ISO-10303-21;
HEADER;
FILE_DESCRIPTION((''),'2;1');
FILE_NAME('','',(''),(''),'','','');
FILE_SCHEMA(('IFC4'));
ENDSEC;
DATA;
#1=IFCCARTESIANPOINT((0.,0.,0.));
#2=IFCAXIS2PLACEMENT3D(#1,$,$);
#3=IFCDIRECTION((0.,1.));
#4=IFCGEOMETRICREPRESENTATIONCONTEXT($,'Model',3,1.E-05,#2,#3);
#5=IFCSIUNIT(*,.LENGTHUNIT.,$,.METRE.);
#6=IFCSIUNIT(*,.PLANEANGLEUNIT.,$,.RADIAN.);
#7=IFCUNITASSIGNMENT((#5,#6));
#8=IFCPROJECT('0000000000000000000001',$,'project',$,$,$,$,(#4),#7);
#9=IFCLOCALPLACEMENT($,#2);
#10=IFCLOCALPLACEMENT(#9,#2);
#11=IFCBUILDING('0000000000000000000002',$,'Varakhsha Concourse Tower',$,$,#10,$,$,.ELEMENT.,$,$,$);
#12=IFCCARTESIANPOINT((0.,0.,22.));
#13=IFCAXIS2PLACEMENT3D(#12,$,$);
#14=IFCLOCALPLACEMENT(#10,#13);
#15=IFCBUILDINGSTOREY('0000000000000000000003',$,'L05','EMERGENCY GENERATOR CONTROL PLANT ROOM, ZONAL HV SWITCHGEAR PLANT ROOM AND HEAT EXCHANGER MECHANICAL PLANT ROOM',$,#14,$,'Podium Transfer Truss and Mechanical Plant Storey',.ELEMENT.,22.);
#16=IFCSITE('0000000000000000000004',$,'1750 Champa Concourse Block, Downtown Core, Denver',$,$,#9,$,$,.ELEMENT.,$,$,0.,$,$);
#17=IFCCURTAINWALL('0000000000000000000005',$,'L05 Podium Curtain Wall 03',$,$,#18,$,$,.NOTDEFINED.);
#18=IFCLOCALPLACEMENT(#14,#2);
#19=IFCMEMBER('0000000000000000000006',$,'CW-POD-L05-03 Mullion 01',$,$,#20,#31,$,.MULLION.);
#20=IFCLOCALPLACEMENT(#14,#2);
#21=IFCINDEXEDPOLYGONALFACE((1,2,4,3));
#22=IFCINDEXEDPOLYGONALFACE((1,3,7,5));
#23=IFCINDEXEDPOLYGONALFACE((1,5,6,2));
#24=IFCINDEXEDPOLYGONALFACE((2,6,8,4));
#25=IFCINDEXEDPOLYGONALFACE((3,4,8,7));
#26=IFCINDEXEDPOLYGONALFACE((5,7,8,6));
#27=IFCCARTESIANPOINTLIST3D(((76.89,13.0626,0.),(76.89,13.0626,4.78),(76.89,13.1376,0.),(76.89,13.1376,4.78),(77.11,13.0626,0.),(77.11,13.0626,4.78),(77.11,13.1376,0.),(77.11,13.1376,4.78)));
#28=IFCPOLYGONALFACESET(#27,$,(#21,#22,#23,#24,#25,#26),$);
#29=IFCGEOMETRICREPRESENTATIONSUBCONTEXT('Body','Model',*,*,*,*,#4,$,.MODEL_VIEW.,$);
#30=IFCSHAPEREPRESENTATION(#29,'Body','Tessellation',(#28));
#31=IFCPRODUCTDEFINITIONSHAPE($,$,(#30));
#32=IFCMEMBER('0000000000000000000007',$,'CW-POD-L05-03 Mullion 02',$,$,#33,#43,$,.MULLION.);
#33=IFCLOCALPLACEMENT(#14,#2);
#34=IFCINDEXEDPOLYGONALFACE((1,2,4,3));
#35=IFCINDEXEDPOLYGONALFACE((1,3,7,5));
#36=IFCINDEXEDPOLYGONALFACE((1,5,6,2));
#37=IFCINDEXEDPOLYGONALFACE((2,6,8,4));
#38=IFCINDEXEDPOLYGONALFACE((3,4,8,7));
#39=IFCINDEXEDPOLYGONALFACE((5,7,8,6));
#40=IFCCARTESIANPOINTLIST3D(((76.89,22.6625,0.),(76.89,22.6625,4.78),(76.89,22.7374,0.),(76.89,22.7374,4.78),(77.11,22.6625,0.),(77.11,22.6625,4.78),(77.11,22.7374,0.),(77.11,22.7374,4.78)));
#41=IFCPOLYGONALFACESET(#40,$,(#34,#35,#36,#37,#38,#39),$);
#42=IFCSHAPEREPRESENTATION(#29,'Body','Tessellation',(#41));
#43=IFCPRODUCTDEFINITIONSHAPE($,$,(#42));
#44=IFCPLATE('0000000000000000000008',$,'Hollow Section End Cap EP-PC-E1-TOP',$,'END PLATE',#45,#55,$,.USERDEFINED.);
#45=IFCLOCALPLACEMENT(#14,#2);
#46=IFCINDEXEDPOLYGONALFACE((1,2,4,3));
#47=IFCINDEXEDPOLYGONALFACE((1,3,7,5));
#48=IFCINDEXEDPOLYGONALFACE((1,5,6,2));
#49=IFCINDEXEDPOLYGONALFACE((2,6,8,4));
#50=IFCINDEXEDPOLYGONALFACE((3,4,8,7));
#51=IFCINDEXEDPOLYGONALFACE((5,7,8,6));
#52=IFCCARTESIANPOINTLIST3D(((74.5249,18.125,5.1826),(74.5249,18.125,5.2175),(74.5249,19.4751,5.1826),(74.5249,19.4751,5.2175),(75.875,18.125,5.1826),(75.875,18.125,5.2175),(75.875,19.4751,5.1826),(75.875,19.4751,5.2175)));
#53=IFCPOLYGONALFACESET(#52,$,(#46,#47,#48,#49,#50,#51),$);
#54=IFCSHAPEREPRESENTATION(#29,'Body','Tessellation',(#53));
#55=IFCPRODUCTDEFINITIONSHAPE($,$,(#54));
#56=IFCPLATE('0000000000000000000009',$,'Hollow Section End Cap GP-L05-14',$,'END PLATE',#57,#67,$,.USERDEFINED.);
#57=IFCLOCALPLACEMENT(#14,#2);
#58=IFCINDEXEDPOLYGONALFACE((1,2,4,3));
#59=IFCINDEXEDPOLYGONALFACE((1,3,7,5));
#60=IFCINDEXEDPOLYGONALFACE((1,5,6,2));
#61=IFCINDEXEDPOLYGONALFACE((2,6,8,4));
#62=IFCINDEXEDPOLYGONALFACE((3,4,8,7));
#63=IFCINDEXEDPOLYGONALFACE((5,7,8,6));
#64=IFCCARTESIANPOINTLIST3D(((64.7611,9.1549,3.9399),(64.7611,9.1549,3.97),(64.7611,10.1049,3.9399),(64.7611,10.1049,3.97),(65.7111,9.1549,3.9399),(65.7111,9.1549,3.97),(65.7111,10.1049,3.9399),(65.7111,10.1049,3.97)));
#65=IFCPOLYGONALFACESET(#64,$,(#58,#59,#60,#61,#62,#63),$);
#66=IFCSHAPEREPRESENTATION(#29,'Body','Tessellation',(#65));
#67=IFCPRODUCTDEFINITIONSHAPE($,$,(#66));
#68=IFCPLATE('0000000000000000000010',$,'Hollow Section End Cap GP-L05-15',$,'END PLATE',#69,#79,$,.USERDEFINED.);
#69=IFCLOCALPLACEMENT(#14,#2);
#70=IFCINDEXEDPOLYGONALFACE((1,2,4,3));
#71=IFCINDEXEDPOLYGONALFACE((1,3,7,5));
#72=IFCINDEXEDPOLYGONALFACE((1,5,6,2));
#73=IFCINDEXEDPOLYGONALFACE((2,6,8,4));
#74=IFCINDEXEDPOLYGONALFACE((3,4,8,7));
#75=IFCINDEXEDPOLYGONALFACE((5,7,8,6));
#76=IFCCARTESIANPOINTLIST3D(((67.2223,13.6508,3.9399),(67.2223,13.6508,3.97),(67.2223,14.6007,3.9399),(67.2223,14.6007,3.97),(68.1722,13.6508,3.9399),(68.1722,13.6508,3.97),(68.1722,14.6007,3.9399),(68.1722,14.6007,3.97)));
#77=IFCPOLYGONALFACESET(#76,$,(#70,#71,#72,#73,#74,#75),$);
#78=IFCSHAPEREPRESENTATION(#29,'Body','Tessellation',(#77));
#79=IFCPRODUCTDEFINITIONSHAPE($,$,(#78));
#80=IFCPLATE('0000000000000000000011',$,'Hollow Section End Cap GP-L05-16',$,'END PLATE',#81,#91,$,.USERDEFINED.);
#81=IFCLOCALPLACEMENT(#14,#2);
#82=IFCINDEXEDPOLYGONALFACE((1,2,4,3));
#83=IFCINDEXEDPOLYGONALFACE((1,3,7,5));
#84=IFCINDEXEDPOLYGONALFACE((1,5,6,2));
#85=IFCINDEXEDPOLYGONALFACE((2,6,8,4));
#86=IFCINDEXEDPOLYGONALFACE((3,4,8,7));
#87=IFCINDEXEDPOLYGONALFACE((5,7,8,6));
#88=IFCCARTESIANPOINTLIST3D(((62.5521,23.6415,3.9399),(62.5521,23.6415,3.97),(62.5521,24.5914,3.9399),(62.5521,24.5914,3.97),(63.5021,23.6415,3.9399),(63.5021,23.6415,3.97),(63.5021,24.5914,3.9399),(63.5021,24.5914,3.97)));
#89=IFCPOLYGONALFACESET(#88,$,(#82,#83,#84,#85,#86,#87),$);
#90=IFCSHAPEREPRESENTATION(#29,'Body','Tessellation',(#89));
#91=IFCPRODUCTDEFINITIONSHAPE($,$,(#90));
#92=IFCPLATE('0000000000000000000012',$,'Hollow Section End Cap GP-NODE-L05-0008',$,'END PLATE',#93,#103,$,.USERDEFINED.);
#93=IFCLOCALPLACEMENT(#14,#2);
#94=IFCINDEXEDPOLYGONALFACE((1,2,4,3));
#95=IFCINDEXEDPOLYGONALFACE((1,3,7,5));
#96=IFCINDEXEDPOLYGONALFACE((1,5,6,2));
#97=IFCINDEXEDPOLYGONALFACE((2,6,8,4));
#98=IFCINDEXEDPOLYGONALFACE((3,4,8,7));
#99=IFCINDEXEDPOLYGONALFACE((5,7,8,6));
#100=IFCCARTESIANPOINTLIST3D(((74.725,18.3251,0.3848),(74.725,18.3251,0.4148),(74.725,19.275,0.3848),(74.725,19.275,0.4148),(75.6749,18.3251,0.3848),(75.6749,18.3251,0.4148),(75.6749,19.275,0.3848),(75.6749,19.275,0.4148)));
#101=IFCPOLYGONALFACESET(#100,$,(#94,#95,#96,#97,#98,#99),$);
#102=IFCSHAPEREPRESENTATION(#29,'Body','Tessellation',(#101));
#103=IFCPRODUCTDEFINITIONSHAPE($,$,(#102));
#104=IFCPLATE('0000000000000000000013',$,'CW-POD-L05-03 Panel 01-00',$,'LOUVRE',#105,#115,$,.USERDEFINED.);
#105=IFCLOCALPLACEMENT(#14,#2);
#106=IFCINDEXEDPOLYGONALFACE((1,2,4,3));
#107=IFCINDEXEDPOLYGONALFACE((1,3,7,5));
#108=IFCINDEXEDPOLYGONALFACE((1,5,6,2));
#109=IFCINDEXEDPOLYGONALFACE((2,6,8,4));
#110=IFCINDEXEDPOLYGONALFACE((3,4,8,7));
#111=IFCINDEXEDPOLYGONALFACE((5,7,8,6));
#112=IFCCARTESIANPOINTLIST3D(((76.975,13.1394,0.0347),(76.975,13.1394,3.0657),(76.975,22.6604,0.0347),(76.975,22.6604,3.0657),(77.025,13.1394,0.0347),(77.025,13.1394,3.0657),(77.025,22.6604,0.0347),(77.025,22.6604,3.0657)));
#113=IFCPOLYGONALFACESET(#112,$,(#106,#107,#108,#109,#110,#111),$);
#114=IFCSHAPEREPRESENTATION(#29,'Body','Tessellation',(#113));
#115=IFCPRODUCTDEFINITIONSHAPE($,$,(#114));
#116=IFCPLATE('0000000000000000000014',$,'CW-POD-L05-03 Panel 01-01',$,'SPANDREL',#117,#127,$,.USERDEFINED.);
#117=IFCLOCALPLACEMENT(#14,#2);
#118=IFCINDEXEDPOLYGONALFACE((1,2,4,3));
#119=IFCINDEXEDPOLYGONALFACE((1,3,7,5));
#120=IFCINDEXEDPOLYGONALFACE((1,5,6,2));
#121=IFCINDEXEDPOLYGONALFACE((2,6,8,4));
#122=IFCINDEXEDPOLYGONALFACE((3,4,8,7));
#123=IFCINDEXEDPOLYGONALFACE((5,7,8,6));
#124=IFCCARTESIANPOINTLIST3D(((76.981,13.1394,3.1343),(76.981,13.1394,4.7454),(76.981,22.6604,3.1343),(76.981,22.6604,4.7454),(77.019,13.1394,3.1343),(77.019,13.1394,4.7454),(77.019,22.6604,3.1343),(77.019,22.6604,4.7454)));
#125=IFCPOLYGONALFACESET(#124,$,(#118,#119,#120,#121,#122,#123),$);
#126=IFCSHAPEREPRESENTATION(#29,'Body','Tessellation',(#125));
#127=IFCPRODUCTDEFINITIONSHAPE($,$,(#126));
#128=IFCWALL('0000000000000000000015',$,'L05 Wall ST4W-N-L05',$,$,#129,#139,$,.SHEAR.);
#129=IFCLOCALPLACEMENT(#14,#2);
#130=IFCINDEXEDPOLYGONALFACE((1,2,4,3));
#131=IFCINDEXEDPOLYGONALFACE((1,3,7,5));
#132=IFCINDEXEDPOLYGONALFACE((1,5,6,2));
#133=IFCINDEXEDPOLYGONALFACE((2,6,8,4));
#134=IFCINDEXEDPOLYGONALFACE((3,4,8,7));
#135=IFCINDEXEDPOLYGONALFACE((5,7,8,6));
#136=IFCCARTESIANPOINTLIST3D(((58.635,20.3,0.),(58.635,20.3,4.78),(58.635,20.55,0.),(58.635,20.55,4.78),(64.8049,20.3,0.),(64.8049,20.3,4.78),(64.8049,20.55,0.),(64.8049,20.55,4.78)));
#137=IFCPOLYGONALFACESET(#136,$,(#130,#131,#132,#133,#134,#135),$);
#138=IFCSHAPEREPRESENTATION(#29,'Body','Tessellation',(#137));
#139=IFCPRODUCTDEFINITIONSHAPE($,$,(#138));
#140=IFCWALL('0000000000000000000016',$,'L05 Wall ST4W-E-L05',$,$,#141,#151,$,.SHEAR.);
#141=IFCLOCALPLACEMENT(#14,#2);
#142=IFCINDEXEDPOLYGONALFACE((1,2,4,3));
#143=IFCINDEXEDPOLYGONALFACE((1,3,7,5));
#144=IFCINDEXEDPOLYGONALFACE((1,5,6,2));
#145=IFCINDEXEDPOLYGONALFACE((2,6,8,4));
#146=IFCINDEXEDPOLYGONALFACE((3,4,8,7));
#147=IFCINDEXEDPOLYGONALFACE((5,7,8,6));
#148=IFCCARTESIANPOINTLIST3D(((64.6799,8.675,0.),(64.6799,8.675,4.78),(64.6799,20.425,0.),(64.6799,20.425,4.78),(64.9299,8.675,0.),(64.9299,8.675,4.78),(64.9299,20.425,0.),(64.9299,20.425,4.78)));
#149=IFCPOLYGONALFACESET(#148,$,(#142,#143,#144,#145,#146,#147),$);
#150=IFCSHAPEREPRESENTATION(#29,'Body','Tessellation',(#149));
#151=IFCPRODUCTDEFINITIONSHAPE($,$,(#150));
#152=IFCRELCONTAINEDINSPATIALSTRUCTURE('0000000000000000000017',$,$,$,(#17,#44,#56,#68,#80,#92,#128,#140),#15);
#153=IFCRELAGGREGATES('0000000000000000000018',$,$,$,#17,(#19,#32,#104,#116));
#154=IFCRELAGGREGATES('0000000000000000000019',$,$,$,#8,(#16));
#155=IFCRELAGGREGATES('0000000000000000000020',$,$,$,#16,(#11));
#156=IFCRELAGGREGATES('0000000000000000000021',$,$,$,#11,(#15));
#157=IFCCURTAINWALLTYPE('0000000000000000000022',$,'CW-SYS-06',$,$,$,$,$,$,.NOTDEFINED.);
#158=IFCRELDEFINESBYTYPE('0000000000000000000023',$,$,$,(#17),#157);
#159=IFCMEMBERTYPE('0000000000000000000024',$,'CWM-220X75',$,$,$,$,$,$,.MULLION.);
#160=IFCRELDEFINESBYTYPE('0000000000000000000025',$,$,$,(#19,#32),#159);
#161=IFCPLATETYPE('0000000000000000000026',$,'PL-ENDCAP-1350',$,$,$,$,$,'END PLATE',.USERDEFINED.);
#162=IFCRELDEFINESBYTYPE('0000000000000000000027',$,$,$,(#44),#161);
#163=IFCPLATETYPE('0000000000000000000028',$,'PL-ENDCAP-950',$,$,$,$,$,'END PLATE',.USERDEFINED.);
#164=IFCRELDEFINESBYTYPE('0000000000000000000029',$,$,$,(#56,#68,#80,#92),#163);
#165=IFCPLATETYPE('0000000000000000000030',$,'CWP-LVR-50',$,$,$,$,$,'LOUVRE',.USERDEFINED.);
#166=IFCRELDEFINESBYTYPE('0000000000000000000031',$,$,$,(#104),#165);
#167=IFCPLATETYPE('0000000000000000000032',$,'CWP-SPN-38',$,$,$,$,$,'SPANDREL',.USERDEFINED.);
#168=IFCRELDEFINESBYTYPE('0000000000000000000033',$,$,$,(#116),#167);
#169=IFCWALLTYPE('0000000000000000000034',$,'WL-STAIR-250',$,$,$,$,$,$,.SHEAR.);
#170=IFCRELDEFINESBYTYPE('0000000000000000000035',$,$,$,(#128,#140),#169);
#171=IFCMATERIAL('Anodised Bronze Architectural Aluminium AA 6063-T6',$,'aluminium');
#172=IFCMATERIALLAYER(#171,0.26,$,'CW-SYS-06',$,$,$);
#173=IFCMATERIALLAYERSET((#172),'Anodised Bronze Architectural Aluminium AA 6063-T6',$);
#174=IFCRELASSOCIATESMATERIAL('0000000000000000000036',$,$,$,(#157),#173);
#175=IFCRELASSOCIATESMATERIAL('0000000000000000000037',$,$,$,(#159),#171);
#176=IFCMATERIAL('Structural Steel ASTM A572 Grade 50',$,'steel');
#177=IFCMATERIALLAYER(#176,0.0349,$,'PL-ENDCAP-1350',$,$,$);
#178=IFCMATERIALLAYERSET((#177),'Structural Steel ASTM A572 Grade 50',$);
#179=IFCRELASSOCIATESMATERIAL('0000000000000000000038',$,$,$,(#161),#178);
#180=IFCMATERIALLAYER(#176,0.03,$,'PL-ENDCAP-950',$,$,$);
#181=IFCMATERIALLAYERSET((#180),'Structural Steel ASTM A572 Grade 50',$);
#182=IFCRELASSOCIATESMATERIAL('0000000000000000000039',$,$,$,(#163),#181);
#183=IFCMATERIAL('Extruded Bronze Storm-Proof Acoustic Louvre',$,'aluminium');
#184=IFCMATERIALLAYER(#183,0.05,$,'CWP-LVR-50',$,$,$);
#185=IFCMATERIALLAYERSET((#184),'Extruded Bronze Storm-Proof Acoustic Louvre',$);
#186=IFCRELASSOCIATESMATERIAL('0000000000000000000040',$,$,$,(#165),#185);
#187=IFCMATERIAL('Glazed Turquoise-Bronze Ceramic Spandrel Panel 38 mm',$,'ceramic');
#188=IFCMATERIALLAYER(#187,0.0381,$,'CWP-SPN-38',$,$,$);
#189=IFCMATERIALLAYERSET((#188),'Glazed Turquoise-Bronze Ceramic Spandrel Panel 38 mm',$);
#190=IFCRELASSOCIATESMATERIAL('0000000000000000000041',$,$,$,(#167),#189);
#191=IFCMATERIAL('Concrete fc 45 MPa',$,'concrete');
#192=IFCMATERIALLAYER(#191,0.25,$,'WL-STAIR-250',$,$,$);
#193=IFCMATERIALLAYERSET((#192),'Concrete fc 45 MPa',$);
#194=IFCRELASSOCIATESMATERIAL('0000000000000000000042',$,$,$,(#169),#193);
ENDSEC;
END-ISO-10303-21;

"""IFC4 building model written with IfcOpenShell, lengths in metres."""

from ifc_helpers import new_model, si_unit, direction, frame, frame_2d, origin, origin_2d, place, context, subcontext, project, spatial, rectangle, extrude, source, transform, mapped, material, layer, layer_set, material_profile, profile_set, type_object, type_shapes, element, aggregate, save


model = new_model("IFC4")

# Units and contexts
model_context = context("Model", 3, precision=1e-05, world=origin(), true_north=direction((0.0, 1.0)))
body_context = subcontext(model_context, "Body", "Model", "MODEL_VIEW")
ifc_project = project(units=[si_unit("LENGTHUNIT", "METRE"), si_unit("PLANEANGLEUNIT", "RADIAN")], contexts=[model_context])

# Site, building, storey
site_placement = place(None, origin())
site = spatial("IfcSite", under=ifc_project, at=site_placement, Name="1750 Champa Concourse Block, Downtown Core, Denver", CompositionType="ELEMENT", RefElevation=0.0)
building_placement = place(site_placement, origin())
building = spatial("IfcBuilding", under=site, at=building_placement, Name="Varakhsha Concourse Tower", CompositionType="ELEMENT")
storey_placement = place(building_placement, frame((0.0, 0.0, 22.0)))
storey = spatial("IfcBuildingStorey", under=building, at=storey_placement, Name="L05", Description="EMERGENCY GENERATOR CONTROL PLANT ROOM, ZONAL HV SWITCHGEAR PLANT ROOM AND HEAT EXCHANGER MECHANICAL PLANT ROOM", LongName="Podium Transfer Truss and Mechanical Plant Storey", CompositionType="ELEMENT", Elevation=22.0)

# Shared definitions
ifc_material_1 = material(Name="Structural Steel ASTM A572 Grade 50", Category="steel")

# Curtain wall, members
ifc_material_2 = material(Name="Anodised Bronze Architectural Aluminium AA 6063-T6", Category="aluminium")
ifc_layer_1 = layer(ifc_material_2, 0.26, Name="CW-SYS-06")
ifc_layer_set_1 = layer_set([ifc_layer_1], Name="Anodised Bronze Architectural Aluminium AA 6063-T6")
curtain_wall_type = type_object("IfcCurtainWallType", Name="CW-SYS-06", PredefinedType="NOTDEFINED", material=ifc_layer_set_1)
curtain_wall_placement = place(storey_placement, origin())
curtain_wall = element("IfcCurtainWall", 1, at=curtain_wall_placement, inside=storey, type_object=curtain_wall_type, Name="L05 Podium Curtain Wall 03", PredefinedType="NOTDEFINED")
ifc_material_profile_1 = material_profile(ifc_material_2, rectangle(XDim=0.075, YDim=0.22, at=origin_2d()), Name="CWM-220X75")
ifc_profile_set_1 = profile_set([ifc_material_profile_1], Name="Anodised Bronze Architectural Aluminium AA 6063-T6")
member_type_1 = type_object("IfcMemberType", Name="CWM-220X75", PredefinedType="MULLION", material=ifc_profile_set_1)
shared_shape_1 = source(origin(), body_context, "Body", "SweptSolid", [
    extrude(rectangle(XDim=0.075, YDim=0.22, at=origin_2d()), origin(), (0.0, 0.0, 1.0), 4.78),
])
type_shapes(member_type_1, [shared_shape_1])
member_1_placement = place(storey_placement, frame((77.0, 13.1001, 0.0), z_axis=(0.0, 0.0, 1.0), x_axis=(0.0, 1.0, 0.0)))
member_1 = element("IfcMember", 2, at=member_1_placement, type_object=member_type_1, Name="CW-POD-L05-03 Mullion 01", PredefinedType="MULLION", context=body_context, shape_type="MappedRepresentation", body=[
    mapped(shared_shape_1, transform((0.0, 0.0, 0.0), scale=1.0)),
])
member_2_placement = place(storey_placement, frame((77.0, 22.7, 0.0), z_axis=(0.0, 0.0, 1.0), x_axis=(0.0, 1.0, 0.0)))
member_2 = element("IfcMember", 3, at=member_2_placement, type_object=member_type_1, Name="CW-POD-L05-03 Mullion 02", PredefinedType="MULLION", context=body_context, shape_type="MappedRepresentation", body=[
    mapped(shared_shape_1, transform((0.0, 0.0, 0.0), scale=1.0)),
])

# Plates
ifc_layer_2 = layer(ifc_material_1, 0.0349, Name="PL-ENDCAP-1350")
ifc_layer_set_2 = layer_set([ifc_layer_2], Name="Structural Steel ASTM A572 Grade 50")
plate_type_1 = type_object("IfcPlateType", Name="PL-ENDCAP-1350", ElementType="END PLATE", PredefinedType="USERDEFINED", material=ifc_layer_set_2)
shared_shape_2 = source(origin(), body_context, "Body", "SweptSolid", [
    extrude(rectangle(XDim=1.3501, YDim=1.3501, at=origin_2d()), origin(), (0.0, 0.0, 1.0), 0.0349),
])
type_shapes(plate_type_1, [shared_shape_2])
plate_1_placement = place(storey_placement, frame((75.2, 18.8, 5.1826), z_axis=(0.0, 0.0, 1.0), x_axis=(1.0, 0.0, 0.0)))
element("IfcPlate", 4, at=plate_1_placement, inside=storey, type_object=plate_type_1, Name="Hollow Section End Cap EP-PC-E1-TOP", ObjectType="END PLATE", PredefinedType="USERDEFINED", context=body_context, shape_type="MappedRepresentation", body=[
    mapped(shared_shape_2, transform((0.0, 0.0, 0.0), scale=1.0)),
])
ifc_layer_3 = layer(ifc_material_1, 0.03, Name="PL-ENDCAP-950")
ifc_layer_set_3 = layer_set([ifc_layer_3], Name="Structural Steel ASTM A572 Grade 50")
plate_type_2 = type_object("IfcPlateType", Name="PL-ENDCAP-950", ElementType="END PLATE", PredefinedType="USERDEFINED", material=ifc_layer_set_3)
shared_shape_3 = source(origin(), body_context, "Body", "SweptSolid", [
    extrude(rectangle(XDim=0.95, YDim=0.95, at=origin_2d()), origin(), (0.0, 0.0, 1.0), 0.03),
])
type_shapes(plate_type_2, [shared_shape_3])
for number, where, z_axis, x_axis, name in (
    (5, (65.2361, 9.6299, 3.9399), (0.0, 0.0, 1.0), (1.0, 0.0, 0.0), "Hollow Section End Cap GP-L05-14"),
    (6, (67.6973, 14.1257, 3.9399), (0.0, 0.0, 1.0), (1.0, 0.0, 0.0), "Hollow Section End Cap GP-L05-15"),
    (7, (63.0271, 24.1165, 3.9399), (0.0, 0.0, 1.0), (1.0, 0.0, 0.0), "Hollow Section End Cap GP-L05-16"),
    (8, (75.2, 18.8, 0.3848), (0.0, 0.0, 1.0), (1.0, 0.0, 0.0), "Hollow Section End Cap GP-NODE-L05-0008"),
):
    element("IfcPlate", number, at=place(storey_placement, frame(where, z_axis=z_axis, x_axis=x_axis)), inside=storey, type_object=plate_type_2, Name=name, ObjectType="END PLATE", PredefinedType="USERDEFINED", context=body_context, shape_type="MappedRepresentation", body=[
        mapped(shared_shape_3, transform((0.0, 0.0, 0.0), scale=1.0)),
    ])

# Plates
ifc_material_3 = material(Name="Extruded Bronze Storm-Proof Acoustic Louvre", Category="aluminium")
ifc_layer_4 = layer(ifc_material_3, 0.05, Name="CWP-LVR-50")
ifc_layer_set_4 = layer_set([ifc_layer_4], Name="Extruded Bronze Storm-Proof Acoustic Louvre")
plate_type_3 = type_object("IfcPlateType", Name="CWP-LVR-50", ElementType="LOUVRE", PredefinedType="USERDEFINED", material=ifc_layer_set_4)
shared_shape_4 = source(origin(), body_context, "Body", "SweptSolid", [
    extrude(rectangle(XDim=9.521, YDim=0.05, at=origin_2d()), origin(), (0.0, 0.0, 1.0), 3.031),
])
type_shapes(plate_type_3, [shared_shape_4])
plate_2_placement = place(storey_placement, frame((77.0, 17.8999, 0.0347), z_axis=(0.0, 0.0, 1.0), x_axis=(0.0, 1.0, 0.0)))
plate_2 = element("IfcPlate", 9, at=plate_2_placement, type_object=plate_type_3, Name="CW-POD-L05-03 Panel 01-00", ObjectType="LOUVRE", PredefinedType="USERDEFINED", context=body_context, shape_type="MappedRepresentation", body=[
    mapped(shared_shape_4, transform((0.0, 0.0, 0.0), scale=1.0)),
])
ifc_material_4 = material(Name="Glazed Turquoise-Bronze Ceramic Spandrel Panel 38 mm", Category="ceramic")
ifc_layer_5 = layer(ifc_material_4, 0.0381, Name="CWP-SPN-38")
ifc_layer_set_5 = layer_set([ifc_layer_5], Name="Glazed Turquoise-Bronze Ceramic Spandrel Panel 38 mm")
plate_type_4 = type_object("IfcPlateType", Name="CWP-SPN-38", ElementType="SPANDREL", PredefinedType="USERDEFINED", material=ifc_layer_set_5)
shared_shape_5 = source(origin(), body_context, "Body", "SweptSolid", [
    extrude(rectangle(XDim=9.521, YDim=0.0381, at=origin_2d()), origin(), (0.0, 0.0, 1.0), 1.6111),
])
type_shapes(plate_type_4, [shared_shape_5])
plate_3_placement = place(storey_placement, frame((77.0, 17.8999, 3.1343), z_axis=(0.0, 0.0, 1.0), x_axis=(0.0, 1.0, 0.0)))
plate_3 = element("IfcPlate", 10, at=plate_3_placement, type_object=plate_type_4, Name="CW-POD-L05-03 Panel 01-01", ObjectType="SPANDREL", PredefinedType="USERDEFINED", context=body_context, shape_type="MappedRepresentation", body=[
    mapped(shared_shape_5, transform((0.0, 0.0, 0.0), scale=1.0)),
])
aggregate(curtain_wall, [member_1, member_2, plate_2, plate_3])

# Walls
ifc_material_5 = material(Name="Concrete fc 45 MPa", Category="concrete")
ifc_layer_6 = layer(ifc_material_5, 0.25, Name="WL-STAIR-250")
ifc_layer_set_6 = layer_set([ifc_layer_6], Name="Concrete fc 45 MPa")
wall_type = type_object("IfcWallType", Name="WL-STAIR-250", PredefinedType="SHEAR", material=ifc_layer_set_6)
wall_1_placement = place(storey_placement, frame((58.635, 20.425, 0.0), z_axis=(0.0, 0.0, 1.0), x_axis=(1.0, 0.0, 0.0)))
element("IfcWall", 11, at=wall_1_placement, inside=storey, type_object=wall_type, Name="L05 Wall ST4W-N-L05", PredefinedType="SHEAR", context=body_context, shape_type="SweptSolid", body=[
    extrude(rectangle(XDim=6.1699, YDim=0.25, at=frame_2d((3.085, 0.0))), origin(), (0.0, 0.0, 1.0), 4.78),
])
wall_2_placement = place(storey_placement, frame((64.8049, 8.675, 0.0), z_axis=(0.0, 0.0, 1.0), x_axis=(0.0, 1.0, 0.0)))
element("IfcWall", 12, at=wall_2_placement, inside=storey, type_object=wall_type, Name="L05 Wall ST4W-E-L05", PredefinedType="SHEAR", context=body_context, shape_type="SweptSolid", body=[
    extrude(rectangle(XDim=11.75, YDim=0.25, at=frame_2d((5.875, 0.0))), origin(), (0.0, 0.0, 1.0), 4.78),
])

save(model, "model.ifc")
